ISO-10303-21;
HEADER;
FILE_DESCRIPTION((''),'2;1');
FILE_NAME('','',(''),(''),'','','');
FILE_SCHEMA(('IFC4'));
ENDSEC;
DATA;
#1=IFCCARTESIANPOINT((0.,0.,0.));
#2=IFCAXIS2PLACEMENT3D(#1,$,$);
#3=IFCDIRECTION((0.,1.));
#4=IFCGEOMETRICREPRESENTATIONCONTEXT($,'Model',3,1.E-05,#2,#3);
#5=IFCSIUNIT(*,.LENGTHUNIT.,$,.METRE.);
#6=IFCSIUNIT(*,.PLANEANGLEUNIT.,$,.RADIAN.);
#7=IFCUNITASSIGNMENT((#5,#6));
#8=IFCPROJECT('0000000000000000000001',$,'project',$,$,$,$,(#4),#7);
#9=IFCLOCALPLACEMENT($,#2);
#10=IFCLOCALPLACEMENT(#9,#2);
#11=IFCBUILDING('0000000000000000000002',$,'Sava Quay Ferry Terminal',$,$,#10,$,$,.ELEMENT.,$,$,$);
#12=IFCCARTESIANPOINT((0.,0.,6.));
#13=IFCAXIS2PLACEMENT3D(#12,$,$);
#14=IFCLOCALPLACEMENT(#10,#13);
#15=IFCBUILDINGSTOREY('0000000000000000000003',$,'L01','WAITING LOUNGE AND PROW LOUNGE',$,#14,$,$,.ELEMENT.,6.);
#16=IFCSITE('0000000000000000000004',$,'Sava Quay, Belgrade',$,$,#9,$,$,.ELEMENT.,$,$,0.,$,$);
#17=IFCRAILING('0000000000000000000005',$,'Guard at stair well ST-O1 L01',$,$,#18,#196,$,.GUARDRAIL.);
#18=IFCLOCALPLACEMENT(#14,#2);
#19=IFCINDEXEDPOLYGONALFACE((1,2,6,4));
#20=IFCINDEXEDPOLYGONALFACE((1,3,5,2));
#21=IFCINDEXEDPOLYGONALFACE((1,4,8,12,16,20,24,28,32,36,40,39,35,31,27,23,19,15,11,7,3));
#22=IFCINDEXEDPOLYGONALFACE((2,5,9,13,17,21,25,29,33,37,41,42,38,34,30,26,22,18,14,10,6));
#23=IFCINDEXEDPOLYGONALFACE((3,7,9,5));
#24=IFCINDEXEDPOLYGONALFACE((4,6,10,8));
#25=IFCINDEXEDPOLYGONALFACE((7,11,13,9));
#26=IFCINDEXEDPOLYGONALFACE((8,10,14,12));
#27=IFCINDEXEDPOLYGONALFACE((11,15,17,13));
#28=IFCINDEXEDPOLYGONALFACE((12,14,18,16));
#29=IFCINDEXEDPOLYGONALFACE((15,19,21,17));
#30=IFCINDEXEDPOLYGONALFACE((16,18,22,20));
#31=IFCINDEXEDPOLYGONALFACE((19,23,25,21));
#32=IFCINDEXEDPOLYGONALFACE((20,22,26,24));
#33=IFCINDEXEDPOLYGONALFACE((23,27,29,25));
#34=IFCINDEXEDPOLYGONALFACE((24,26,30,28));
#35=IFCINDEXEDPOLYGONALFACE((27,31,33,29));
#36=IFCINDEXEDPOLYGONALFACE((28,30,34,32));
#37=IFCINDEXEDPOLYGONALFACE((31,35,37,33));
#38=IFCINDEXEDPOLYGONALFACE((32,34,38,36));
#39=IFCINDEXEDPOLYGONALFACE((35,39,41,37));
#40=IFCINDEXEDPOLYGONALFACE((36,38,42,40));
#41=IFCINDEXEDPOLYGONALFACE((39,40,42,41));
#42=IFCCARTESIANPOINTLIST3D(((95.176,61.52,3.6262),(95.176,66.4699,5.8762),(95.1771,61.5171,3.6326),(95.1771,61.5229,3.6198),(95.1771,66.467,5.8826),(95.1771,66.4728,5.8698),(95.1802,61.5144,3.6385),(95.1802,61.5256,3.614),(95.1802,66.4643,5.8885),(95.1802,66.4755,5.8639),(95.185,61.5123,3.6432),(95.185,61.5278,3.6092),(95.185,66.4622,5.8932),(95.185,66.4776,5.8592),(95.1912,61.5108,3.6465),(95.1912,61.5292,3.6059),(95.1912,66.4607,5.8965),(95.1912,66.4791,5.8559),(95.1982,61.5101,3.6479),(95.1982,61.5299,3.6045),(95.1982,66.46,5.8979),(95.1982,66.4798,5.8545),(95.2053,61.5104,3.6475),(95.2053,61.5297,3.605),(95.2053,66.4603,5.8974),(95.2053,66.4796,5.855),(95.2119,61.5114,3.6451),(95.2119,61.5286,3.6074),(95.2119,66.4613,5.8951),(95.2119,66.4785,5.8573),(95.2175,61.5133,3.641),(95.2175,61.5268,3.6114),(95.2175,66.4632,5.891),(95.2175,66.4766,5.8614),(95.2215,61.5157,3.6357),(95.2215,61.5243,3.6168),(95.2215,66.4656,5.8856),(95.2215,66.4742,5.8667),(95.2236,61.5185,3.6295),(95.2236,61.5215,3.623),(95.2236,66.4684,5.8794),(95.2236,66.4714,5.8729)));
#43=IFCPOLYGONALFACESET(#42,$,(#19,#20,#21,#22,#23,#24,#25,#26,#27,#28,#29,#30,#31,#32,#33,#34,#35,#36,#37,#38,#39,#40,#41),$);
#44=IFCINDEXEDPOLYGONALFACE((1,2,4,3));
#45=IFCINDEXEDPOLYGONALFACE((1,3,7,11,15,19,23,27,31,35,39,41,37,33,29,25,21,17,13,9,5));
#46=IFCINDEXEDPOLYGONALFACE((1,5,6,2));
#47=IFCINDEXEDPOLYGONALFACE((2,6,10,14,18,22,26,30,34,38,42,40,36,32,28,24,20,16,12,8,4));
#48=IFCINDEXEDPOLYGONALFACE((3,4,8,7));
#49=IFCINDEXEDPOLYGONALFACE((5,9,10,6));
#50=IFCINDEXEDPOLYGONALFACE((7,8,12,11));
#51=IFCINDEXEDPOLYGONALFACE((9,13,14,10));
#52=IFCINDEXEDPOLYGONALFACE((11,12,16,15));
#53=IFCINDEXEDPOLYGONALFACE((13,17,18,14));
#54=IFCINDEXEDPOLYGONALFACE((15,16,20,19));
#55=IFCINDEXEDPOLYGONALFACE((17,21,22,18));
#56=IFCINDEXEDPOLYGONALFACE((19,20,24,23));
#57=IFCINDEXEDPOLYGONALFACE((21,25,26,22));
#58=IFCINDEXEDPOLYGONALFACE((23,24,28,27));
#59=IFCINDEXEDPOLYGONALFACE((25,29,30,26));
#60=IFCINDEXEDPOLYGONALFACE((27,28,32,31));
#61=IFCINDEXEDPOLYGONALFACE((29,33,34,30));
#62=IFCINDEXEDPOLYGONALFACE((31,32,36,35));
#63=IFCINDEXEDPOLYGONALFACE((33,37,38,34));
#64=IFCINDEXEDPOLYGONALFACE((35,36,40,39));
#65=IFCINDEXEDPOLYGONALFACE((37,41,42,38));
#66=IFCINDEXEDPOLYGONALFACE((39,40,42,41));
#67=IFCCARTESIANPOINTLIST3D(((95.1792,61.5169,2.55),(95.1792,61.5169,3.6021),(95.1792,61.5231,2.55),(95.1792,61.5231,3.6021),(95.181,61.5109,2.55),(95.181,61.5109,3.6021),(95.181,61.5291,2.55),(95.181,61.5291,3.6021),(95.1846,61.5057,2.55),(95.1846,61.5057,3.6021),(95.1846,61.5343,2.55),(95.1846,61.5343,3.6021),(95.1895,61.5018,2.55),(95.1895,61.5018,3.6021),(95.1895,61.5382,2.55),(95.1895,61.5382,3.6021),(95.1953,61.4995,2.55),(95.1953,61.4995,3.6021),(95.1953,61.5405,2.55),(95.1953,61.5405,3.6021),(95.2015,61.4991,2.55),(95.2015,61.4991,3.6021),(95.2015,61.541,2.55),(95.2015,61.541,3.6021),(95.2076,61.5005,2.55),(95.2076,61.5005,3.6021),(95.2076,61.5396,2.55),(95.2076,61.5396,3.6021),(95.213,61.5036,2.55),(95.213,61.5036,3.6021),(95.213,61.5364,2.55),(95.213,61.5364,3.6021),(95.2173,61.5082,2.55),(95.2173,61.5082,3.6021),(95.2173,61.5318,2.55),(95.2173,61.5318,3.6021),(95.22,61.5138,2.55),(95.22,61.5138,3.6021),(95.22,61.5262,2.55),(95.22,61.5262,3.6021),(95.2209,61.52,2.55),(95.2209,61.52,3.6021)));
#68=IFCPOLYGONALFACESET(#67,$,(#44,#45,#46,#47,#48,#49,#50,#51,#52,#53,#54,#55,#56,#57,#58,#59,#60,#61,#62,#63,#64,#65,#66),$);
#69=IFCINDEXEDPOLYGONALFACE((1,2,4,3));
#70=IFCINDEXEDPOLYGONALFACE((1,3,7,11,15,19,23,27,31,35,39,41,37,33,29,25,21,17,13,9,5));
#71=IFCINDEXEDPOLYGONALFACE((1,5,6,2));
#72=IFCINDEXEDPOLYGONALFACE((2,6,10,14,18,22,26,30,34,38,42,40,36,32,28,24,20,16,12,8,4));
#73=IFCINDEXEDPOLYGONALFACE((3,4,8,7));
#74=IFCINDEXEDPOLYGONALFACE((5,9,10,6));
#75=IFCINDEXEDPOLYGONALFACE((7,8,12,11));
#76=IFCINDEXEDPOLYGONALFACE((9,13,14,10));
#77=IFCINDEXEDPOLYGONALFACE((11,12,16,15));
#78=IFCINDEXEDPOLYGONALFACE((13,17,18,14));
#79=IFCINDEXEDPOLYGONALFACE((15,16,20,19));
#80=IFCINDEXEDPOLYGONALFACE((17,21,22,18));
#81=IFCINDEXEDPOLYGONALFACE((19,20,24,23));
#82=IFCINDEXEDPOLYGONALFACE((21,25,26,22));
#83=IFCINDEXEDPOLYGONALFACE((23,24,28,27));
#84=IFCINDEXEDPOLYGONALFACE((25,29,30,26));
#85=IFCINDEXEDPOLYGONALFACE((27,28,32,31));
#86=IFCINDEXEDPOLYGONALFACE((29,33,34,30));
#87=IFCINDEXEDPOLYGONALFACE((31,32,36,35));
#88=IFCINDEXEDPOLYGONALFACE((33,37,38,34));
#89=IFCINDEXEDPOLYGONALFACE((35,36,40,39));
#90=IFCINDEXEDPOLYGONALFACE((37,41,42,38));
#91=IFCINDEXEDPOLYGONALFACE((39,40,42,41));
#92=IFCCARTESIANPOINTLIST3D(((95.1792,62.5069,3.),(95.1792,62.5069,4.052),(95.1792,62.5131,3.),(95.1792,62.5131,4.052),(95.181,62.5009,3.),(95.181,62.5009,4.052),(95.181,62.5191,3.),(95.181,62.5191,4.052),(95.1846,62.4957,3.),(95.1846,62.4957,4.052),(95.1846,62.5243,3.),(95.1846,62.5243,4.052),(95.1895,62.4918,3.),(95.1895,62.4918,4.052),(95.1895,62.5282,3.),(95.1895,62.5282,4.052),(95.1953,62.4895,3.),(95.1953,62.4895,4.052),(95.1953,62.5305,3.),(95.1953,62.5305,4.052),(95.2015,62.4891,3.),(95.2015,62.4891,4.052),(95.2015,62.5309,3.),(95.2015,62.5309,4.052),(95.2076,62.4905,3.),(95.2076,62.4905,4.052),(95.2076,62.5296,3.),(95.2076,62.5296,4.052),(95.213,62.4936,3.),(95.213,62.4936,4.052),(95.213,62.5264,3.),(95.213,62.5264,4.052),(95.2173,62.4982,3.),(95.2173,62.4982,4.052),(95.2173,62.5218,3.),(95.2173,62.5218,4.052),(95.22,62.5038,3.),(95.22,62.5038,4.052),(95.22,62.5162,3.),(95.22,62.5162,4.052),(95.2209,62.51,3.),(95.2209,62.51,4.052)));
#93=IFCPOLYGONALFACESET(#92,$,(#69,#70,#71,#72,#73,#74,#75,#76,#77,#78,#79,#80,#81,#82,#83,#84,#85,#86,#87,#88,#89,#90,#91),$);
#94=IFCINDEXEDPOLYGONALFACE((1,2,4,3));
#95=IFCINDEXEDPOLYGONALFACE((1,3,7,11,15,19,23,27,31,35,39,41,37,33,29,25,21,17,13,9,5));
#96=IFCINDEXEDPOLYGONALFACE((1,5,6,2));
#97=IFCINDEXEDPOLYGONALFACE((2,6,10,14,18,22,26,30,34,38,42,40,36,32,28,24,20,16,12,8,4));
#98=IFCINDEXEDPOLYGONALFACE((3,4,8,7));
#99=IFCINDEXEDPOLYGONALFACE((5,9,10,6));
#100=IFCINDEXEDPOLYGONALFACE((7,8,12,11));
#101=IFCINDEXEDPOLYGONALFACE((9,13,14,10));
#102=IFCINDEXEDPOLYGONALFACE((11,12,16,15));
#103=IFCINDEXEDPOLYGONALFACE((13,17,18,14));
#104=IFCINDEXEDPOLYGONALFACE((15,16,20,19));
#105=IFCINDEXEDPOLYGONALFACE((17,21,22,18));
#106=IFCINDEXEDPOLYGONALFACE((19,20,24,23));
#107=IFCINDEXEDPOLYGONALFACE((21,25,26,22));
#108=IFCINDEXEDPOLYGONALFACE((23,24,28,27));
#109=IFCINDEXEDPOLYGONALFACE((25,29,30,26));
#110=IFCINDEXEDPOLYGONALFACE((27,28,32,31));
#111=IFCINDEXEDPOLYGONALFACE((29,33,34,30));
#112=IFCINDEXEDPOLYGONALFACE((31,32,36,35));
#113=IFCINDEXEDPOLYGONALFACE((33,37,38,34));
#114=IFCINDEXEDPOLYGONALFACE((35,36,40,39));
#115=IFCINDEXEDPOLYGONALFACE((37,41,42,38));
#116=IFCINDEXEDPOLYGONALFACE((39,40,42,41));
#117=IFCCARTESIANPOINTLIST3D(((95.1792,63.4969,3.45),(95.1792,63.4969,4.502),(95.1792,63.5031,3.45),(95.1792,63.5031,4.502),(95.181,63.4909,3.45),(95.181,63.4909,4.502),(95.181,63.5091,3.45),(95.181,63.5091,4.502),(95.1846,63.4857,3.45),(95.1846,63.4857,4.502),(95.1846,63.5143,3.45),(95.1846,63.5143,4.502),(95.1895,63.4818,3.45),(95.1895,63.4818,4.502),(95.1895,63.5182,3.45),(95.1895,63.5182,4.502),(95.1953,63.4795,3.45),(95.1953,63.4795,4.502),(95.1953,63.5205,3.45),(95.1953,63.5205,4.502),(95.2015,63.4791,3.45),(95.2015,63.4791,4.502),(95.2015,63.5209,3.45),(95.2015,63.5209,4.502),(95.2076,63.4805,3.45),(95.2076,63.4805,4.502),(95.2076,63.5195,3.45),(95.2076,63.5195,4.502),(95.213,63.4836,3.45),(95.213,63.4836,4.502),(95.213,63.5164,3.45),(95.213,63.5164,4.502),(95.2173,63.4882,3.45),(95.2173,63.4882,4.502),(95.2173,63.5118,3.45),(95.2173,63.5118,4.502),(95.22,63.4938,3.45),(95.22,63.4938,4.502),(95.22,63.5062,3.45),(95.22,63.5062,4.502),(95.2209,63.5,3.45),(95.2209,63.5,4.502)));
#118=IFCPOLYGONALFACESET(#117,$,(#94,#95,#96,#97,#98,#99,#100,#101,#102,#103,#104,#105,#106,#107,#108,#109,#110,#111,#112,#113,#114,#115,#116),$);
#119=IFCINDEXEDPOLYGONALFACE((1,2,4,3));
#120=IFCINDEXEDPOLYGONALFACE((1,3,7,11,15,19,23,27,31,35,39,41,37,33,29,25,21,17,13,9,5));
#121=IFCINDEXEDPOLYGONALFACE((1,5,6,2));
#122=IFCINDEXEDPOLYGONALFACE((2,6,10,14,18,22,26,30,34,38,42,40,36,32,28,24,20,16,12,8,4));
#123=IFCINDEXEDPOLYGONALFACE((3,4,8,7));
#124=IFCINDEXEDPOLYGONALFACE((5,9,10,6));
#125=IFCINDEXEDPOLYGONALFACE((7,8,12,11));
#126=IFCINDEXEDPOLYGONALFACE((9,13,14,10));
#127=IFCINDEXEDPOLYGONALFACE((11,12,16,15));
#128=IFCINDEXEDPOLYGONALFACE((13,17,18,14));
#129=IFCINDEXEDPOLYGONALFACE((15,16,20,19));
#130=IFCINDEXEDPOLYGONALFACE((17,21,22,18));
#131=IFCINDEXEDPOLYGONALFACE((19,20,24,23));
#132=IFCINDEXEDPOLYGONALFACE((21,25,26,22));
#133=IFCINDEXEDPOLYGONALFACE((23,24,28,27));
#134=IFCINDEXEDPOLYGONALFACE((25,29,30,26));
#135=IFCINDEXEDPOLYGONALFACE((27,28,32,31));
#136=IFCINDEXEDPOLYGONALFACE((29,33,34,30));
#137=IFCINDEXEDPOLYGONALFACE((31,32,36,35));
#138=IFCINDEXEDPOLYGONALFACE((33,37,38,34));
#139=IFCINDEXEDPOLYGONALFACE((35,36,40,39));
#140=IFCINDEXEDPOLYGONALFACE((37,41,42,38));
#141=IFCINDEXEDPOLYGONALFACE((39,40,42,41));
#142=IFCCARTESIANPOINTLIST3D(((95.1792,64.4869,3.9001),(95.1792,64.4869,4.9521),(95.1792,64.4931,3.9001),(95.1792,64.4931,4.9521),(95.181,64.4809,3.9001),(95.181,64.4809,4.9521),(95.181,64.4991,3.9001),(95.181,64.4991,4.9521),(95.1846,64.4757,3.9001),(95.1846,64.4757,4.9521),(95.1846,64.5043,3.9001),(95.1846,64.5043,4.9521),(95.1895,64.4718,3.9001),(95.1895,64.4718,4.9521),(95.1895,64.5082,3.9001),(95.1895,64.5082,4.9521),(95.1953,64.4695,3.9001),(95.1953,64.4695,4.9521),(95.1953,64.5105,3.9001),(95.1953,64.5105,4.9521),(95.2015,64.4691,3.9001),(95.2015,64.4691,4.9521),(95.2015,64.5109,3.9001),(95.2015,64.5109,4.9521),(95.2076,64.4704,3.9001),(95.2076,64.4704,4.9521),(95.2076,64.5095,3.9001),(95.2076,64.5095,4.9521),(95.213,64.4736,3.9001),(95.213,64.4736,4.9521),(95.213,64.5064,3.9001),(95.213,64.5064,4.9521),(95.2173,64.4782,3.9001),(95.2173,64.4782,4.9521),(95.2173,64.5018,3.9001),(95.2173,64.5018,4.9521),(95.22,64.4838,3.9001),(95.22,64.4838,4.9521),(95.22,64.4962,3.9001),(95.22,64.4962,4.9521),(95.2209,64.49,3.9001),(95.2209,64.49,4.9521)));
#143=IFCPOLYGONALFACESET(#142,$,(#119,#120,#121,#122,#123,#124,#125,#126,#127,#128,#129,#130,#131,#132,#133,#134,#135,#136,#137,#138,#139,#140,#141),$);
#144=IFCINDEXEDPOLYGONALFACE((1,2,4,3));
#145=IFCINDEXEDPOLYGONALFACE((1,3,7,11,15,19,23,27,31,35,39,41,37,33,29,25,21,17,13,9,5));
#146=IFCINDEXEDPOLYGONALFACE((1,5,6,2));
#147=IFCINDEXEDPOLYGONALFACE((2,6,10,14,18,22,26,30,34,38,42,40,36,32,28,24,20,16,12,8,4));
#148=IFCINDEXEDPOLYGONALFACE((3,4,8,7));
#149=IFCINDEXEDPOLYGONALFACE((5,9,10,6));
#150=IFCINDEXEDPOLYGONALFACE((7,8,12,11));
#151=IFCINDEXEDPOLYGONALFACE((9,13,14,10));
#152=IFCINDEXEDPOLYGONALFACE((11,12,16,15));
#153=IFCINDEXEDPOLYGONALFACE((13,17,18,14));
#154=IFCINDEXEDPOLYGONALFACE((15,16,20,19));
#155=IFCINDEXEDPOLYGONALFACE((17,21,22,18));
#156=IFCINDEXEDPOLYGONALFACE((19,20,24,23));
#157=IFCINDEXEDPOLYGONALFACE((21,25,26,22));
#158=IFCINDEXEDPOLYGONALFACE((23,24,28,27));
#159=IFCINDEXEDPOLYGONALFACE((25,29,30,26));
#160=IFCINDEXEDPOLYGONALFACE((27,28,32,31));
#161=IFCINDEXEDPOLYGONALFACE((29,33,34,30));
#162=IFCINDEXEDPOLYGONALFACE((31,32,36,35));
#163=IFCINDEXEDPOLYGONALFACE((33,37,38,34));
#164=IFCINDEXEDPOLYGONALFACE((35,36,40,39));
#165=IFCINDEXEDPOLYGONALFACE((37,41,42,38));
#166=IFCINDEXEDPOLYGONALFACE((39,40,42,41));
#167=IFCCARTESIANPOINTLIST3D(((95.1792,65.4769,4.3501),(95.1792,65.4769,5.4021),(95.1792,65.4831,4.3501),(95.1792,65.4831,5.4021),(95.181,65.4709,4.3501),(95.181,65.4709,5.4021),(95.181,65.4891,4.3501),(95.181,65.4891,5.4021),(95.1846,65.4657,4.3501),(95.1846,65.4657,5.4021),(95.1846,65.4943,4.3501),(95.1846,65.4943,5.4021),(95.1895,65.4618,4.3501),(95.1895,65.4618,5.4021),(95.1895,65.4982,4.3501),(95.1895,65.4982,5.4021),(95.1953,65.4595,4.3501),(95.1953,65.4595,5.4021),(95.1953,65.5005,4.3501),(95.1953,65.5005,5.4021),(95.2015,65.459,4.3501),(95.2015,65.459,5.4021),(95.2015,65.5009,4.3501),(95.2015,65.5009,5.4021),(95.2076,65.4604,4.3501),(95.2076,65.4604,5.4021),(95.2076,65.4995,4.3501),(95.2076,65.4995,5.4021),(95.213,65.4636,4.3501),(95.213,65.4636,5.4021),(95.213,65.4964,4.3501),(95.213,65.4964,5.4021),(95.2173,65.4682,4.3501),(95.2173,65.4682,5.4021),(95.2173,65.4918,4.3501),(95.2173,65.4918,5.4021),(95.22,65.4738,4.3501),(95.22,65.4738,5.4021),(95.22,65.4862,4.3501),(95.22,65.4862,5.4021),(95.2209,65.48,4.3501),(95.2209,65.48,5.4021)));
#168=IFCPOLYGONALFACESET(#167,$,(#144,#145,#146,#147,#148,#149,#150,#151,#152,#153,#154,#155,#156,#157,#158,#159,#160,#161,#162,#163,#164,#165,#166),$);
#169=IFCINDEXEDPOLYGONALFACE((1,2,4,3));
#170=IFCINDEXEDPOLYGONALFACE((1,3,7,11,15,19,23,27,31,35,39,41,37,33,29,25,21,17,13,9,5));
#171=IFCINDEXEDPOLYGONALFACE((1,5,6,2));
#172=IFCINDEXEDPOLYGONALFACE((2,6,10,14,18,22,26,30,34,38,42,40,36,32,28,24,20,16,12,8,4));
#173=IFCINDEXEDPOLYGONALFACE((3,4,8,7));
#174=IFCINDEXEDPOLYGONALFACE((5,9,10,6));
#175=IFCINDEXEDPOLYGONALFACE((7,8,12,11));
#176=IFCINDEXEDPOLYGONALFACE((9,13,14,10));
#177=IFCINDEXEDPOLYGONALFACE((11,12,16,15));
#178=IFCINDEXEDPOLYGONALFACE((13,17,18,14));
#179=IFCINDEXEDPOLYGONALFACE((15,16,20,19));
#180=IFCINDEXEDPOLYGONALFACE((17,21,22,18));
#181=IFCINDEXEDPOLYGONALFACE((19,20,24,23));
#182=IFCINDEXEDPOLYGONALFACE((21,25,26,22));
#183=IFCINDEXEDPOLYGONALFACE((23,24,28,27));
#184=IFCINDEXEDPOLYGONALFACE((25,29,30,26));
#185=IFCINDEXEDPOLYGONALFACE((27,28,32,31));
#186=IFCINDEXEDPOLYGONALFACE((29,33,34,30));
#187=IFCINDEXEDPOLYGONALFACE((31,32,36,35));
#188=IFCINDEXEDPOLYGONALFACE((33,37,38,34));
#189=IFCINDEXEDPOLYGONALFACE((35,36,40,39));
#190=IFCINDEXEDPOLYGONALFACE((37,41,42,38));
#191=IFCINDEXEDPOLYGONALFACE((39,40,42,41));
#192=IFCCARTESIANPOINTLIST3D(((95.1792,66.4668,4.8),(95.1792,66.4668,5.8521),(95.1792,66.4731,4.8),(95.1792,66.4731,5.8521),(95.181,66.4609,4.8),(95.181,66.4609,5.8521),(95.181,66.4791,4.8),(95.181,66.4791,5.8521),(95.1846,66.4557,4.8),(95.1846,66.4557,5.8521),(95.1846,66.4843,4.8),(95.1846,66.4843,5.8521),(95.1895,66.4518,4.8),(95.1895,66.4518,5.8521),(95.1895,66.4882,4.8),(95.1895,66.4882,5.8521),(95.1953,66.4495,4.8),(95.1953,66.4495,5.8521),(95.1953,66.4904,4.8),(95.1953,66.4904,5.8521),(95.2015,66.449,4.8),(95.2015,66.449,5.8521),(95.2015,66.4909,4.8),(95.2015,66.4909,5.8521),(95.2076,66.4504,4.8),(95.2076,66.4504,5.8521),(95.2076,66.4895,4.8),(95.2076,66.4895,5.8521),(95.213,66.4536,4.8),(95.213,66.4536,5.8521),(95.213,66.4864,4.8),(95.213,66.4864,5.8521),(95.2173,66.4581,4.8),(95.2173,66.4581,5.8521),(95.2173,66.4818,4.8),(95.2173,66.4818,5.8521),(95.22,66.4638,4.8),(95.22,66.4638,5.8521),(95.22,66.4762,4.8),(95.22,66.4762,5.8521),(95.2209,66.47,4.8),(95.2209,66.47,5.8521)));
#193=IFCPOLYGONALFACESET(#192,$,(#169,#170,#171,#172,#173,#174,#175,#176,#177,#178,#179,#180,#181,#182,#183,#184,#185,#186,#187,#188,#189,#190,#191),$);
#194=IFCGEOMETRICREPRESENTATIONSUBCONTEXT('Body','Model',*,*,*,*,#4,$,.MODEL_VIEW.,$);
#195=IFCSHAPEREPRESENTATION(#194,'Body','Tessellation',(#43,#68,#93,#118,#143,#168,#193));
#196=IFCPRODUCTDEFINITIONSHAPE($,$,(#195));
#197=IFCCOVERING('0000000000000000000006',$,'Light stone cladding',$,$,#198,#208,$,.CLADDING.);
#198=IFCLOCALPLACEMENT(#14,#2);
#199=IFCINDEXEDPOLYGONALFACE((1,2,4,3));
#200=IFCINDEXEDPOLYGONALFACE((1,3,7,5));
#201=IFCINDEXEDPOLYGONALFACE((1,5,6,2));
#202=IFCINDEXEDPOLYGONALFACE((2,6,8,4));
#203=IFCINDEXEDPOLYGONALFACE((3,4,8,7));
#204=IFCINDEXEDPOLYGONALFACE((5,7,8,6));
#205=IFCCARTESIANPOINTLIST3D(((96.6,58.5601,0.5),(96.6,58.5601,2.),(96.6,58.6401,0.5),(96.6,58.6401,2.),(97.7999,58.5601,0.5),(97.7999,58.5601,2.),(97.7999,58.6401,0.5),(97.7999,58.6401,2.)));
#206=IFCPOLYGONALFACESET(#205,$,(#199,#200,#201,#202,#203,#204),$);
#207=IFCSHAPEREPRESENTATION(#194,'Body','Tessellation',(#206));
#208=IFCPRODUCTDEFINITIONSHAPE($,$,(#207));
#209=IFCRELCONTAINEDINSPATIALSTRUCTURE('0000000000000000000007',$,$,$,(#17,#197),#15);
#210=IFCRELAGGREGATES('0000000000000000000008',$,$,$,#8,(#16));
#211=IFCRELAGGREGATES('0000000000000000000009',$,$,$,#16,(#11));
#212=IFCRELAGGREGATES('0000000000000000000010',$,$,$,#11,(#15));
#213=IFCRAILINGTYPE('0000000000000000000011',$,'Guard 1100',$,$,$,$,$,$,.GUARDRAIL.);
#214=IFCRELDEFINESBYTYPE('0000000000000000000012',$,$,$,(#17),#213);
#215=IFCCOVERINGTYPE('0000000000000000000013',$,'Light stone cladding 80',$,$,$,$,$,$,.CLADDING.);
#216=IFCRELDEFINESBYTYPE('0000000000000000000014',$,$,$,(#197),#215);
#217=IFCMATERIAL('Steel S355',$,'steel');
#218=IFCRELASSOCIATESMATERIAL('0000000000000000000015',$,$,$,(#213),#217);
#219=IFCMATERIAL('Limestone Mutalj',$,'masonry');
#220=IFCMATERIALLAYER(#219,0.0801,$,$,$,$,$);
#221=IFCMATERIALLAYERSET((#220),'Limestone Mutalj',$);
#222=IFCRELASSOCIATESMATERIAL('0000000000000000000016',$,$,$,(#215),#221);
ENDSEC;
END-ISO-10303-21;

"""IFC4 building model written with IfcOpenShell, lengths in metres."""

from ifc_helpers import new_model, si_unit, direction, frame, origin, origin_2d, place, context, subcontext, project, spatial, rectangle, circle, extrude, material, layer, layer_set, type_object, element, save


model = new_model("IFC4")

# Units and contexts
model_context = context("Model", 3, precision=1e-05, world=origin(), true_north=direction((0.0, 1.0)))
body_context = subcontext(model_context, "Body", "Model", "MODEL_VIEW")
ifc_project = project(units=[si_unit("LENGTHUNIT", "METRE"), si_unit("PLANEANGLEUNIT", "RADIAN")], contexts=[model_context])

# Site, building, storey
site_placement = place(None, origin())
site = spatial("IfcSite", under=ifc_project, at=site_placement, Name="Sava Quay, Belgrade", CompositionType="ELEMENT", RefElevation=0.0)
building_placement = place(site_placement, origin())
building = spatial("IfcBuilding", under=site, at=building_placement, Name="Sava Quay Ferry Terminal", CompositionType="ELEMENT")
storey_placement = place(building_placement, frame((0.0, 0.0, 6.0)))
storey = spatial("IfcBuildingStorey", under=building, at=storey_placement, Name="L01", Description="WAITING LOUNGE AND PROW LOUNGE", CompositionType="ELEMENT", Elevation=6.0)

# Railing
ifc_material_1 = material(Name="Steel S355", Category="steel")
railing_type_1 = type_object("IfcRailingType", Name="Guard 1100", PredefinedType="GUARDRAIL", material=ifc_material_1)
railing_1_placement = place(storey_placement, frame((95.2, 61.52, 2.55)))
element("IfcRailing", 1, at=railing_1_placement, inside=storey, type_object=railing_type_1, Name="Guard at stair well ST-O1 L01", PredefinedType="GUARDRAIL", context=body_context, shape_type="SweptSolid", body=[
    extrude(circle(Radius=0.0239, at=origin_2d()), frame((0.0, 0.0, 1.0762), z_axis=(0.0, 0.910365, 0.413806), x_axis=(-1.0, 0.0, 0.0)), (0.0, 0.0, 1.0), 5.4373),
    extrude(circle(Radius=0.021, at=origin_2d()), origin(), (0.0, 0.0, 1.0), 1.052),
    extrude(circle(Radius=0.021, at=origin_2d()), frame((0.0, 0.99, 0.45)), (0.0, 0.0, 1.0), 1.052),
    extrude(circle(Radius=0.021, at=origin_2d()), frame((0.0, 1.98, 0.8999)), (0.0, 0.0, 1.0), 1.052),
    extrude(circle(Radius=0.021, at=origin_2d()), frame((0.0, 2.97, 1.3501)), (0.0, 0.0, 1.0), 1.052),
    extrude(circle(Radius=0.021, at=origin_2d()), frame((0.0, 3.96, 1.8)), (0.0, 0.0, 1.0), 1.052),
    extrude(circle(Radius=0.021, at=origin_2d()), frame((0.0, 4.95, 2.25)), (0.0, 0.0, 1.0), 1.052),
])

# Covering
ifc_material_2 = material(Name="Limestone Mutalj", Category="masonry")
ifc_layer_1 = layer(ifc_material_2, 0.0801)
ifc_layer_set_1 = layer_set([ifc_layer_1], Name="Limestone Mutalj")
covering_type_1 = type_object("IfcCoveringType", Name="Light stone cladding 80", PredefinedType="CLADDING", material=ifc_layer_set_1)
covering_1_placement = place(storey_placement, frame((97.2, 58.6001, 0.5), z_axis=(0.0, 0.0, 1.0), x_axis=(1.0, 0.0, 0.0)))
element("IfcCovering", 2, at=covering_1_placement, inside=storey, type_object=covering_type_1, Name="Light stone cladding", PredefinedType="CLADDING", context=body_context, shape_type="SweptSolid", body=[
    extrude(rectangle(XDim=1.2, YDim=0.0801, at=origin_2d()), origin(), (0.0, 0.0, 1.0), 1.5),
])

save(model, "model.ifc")
